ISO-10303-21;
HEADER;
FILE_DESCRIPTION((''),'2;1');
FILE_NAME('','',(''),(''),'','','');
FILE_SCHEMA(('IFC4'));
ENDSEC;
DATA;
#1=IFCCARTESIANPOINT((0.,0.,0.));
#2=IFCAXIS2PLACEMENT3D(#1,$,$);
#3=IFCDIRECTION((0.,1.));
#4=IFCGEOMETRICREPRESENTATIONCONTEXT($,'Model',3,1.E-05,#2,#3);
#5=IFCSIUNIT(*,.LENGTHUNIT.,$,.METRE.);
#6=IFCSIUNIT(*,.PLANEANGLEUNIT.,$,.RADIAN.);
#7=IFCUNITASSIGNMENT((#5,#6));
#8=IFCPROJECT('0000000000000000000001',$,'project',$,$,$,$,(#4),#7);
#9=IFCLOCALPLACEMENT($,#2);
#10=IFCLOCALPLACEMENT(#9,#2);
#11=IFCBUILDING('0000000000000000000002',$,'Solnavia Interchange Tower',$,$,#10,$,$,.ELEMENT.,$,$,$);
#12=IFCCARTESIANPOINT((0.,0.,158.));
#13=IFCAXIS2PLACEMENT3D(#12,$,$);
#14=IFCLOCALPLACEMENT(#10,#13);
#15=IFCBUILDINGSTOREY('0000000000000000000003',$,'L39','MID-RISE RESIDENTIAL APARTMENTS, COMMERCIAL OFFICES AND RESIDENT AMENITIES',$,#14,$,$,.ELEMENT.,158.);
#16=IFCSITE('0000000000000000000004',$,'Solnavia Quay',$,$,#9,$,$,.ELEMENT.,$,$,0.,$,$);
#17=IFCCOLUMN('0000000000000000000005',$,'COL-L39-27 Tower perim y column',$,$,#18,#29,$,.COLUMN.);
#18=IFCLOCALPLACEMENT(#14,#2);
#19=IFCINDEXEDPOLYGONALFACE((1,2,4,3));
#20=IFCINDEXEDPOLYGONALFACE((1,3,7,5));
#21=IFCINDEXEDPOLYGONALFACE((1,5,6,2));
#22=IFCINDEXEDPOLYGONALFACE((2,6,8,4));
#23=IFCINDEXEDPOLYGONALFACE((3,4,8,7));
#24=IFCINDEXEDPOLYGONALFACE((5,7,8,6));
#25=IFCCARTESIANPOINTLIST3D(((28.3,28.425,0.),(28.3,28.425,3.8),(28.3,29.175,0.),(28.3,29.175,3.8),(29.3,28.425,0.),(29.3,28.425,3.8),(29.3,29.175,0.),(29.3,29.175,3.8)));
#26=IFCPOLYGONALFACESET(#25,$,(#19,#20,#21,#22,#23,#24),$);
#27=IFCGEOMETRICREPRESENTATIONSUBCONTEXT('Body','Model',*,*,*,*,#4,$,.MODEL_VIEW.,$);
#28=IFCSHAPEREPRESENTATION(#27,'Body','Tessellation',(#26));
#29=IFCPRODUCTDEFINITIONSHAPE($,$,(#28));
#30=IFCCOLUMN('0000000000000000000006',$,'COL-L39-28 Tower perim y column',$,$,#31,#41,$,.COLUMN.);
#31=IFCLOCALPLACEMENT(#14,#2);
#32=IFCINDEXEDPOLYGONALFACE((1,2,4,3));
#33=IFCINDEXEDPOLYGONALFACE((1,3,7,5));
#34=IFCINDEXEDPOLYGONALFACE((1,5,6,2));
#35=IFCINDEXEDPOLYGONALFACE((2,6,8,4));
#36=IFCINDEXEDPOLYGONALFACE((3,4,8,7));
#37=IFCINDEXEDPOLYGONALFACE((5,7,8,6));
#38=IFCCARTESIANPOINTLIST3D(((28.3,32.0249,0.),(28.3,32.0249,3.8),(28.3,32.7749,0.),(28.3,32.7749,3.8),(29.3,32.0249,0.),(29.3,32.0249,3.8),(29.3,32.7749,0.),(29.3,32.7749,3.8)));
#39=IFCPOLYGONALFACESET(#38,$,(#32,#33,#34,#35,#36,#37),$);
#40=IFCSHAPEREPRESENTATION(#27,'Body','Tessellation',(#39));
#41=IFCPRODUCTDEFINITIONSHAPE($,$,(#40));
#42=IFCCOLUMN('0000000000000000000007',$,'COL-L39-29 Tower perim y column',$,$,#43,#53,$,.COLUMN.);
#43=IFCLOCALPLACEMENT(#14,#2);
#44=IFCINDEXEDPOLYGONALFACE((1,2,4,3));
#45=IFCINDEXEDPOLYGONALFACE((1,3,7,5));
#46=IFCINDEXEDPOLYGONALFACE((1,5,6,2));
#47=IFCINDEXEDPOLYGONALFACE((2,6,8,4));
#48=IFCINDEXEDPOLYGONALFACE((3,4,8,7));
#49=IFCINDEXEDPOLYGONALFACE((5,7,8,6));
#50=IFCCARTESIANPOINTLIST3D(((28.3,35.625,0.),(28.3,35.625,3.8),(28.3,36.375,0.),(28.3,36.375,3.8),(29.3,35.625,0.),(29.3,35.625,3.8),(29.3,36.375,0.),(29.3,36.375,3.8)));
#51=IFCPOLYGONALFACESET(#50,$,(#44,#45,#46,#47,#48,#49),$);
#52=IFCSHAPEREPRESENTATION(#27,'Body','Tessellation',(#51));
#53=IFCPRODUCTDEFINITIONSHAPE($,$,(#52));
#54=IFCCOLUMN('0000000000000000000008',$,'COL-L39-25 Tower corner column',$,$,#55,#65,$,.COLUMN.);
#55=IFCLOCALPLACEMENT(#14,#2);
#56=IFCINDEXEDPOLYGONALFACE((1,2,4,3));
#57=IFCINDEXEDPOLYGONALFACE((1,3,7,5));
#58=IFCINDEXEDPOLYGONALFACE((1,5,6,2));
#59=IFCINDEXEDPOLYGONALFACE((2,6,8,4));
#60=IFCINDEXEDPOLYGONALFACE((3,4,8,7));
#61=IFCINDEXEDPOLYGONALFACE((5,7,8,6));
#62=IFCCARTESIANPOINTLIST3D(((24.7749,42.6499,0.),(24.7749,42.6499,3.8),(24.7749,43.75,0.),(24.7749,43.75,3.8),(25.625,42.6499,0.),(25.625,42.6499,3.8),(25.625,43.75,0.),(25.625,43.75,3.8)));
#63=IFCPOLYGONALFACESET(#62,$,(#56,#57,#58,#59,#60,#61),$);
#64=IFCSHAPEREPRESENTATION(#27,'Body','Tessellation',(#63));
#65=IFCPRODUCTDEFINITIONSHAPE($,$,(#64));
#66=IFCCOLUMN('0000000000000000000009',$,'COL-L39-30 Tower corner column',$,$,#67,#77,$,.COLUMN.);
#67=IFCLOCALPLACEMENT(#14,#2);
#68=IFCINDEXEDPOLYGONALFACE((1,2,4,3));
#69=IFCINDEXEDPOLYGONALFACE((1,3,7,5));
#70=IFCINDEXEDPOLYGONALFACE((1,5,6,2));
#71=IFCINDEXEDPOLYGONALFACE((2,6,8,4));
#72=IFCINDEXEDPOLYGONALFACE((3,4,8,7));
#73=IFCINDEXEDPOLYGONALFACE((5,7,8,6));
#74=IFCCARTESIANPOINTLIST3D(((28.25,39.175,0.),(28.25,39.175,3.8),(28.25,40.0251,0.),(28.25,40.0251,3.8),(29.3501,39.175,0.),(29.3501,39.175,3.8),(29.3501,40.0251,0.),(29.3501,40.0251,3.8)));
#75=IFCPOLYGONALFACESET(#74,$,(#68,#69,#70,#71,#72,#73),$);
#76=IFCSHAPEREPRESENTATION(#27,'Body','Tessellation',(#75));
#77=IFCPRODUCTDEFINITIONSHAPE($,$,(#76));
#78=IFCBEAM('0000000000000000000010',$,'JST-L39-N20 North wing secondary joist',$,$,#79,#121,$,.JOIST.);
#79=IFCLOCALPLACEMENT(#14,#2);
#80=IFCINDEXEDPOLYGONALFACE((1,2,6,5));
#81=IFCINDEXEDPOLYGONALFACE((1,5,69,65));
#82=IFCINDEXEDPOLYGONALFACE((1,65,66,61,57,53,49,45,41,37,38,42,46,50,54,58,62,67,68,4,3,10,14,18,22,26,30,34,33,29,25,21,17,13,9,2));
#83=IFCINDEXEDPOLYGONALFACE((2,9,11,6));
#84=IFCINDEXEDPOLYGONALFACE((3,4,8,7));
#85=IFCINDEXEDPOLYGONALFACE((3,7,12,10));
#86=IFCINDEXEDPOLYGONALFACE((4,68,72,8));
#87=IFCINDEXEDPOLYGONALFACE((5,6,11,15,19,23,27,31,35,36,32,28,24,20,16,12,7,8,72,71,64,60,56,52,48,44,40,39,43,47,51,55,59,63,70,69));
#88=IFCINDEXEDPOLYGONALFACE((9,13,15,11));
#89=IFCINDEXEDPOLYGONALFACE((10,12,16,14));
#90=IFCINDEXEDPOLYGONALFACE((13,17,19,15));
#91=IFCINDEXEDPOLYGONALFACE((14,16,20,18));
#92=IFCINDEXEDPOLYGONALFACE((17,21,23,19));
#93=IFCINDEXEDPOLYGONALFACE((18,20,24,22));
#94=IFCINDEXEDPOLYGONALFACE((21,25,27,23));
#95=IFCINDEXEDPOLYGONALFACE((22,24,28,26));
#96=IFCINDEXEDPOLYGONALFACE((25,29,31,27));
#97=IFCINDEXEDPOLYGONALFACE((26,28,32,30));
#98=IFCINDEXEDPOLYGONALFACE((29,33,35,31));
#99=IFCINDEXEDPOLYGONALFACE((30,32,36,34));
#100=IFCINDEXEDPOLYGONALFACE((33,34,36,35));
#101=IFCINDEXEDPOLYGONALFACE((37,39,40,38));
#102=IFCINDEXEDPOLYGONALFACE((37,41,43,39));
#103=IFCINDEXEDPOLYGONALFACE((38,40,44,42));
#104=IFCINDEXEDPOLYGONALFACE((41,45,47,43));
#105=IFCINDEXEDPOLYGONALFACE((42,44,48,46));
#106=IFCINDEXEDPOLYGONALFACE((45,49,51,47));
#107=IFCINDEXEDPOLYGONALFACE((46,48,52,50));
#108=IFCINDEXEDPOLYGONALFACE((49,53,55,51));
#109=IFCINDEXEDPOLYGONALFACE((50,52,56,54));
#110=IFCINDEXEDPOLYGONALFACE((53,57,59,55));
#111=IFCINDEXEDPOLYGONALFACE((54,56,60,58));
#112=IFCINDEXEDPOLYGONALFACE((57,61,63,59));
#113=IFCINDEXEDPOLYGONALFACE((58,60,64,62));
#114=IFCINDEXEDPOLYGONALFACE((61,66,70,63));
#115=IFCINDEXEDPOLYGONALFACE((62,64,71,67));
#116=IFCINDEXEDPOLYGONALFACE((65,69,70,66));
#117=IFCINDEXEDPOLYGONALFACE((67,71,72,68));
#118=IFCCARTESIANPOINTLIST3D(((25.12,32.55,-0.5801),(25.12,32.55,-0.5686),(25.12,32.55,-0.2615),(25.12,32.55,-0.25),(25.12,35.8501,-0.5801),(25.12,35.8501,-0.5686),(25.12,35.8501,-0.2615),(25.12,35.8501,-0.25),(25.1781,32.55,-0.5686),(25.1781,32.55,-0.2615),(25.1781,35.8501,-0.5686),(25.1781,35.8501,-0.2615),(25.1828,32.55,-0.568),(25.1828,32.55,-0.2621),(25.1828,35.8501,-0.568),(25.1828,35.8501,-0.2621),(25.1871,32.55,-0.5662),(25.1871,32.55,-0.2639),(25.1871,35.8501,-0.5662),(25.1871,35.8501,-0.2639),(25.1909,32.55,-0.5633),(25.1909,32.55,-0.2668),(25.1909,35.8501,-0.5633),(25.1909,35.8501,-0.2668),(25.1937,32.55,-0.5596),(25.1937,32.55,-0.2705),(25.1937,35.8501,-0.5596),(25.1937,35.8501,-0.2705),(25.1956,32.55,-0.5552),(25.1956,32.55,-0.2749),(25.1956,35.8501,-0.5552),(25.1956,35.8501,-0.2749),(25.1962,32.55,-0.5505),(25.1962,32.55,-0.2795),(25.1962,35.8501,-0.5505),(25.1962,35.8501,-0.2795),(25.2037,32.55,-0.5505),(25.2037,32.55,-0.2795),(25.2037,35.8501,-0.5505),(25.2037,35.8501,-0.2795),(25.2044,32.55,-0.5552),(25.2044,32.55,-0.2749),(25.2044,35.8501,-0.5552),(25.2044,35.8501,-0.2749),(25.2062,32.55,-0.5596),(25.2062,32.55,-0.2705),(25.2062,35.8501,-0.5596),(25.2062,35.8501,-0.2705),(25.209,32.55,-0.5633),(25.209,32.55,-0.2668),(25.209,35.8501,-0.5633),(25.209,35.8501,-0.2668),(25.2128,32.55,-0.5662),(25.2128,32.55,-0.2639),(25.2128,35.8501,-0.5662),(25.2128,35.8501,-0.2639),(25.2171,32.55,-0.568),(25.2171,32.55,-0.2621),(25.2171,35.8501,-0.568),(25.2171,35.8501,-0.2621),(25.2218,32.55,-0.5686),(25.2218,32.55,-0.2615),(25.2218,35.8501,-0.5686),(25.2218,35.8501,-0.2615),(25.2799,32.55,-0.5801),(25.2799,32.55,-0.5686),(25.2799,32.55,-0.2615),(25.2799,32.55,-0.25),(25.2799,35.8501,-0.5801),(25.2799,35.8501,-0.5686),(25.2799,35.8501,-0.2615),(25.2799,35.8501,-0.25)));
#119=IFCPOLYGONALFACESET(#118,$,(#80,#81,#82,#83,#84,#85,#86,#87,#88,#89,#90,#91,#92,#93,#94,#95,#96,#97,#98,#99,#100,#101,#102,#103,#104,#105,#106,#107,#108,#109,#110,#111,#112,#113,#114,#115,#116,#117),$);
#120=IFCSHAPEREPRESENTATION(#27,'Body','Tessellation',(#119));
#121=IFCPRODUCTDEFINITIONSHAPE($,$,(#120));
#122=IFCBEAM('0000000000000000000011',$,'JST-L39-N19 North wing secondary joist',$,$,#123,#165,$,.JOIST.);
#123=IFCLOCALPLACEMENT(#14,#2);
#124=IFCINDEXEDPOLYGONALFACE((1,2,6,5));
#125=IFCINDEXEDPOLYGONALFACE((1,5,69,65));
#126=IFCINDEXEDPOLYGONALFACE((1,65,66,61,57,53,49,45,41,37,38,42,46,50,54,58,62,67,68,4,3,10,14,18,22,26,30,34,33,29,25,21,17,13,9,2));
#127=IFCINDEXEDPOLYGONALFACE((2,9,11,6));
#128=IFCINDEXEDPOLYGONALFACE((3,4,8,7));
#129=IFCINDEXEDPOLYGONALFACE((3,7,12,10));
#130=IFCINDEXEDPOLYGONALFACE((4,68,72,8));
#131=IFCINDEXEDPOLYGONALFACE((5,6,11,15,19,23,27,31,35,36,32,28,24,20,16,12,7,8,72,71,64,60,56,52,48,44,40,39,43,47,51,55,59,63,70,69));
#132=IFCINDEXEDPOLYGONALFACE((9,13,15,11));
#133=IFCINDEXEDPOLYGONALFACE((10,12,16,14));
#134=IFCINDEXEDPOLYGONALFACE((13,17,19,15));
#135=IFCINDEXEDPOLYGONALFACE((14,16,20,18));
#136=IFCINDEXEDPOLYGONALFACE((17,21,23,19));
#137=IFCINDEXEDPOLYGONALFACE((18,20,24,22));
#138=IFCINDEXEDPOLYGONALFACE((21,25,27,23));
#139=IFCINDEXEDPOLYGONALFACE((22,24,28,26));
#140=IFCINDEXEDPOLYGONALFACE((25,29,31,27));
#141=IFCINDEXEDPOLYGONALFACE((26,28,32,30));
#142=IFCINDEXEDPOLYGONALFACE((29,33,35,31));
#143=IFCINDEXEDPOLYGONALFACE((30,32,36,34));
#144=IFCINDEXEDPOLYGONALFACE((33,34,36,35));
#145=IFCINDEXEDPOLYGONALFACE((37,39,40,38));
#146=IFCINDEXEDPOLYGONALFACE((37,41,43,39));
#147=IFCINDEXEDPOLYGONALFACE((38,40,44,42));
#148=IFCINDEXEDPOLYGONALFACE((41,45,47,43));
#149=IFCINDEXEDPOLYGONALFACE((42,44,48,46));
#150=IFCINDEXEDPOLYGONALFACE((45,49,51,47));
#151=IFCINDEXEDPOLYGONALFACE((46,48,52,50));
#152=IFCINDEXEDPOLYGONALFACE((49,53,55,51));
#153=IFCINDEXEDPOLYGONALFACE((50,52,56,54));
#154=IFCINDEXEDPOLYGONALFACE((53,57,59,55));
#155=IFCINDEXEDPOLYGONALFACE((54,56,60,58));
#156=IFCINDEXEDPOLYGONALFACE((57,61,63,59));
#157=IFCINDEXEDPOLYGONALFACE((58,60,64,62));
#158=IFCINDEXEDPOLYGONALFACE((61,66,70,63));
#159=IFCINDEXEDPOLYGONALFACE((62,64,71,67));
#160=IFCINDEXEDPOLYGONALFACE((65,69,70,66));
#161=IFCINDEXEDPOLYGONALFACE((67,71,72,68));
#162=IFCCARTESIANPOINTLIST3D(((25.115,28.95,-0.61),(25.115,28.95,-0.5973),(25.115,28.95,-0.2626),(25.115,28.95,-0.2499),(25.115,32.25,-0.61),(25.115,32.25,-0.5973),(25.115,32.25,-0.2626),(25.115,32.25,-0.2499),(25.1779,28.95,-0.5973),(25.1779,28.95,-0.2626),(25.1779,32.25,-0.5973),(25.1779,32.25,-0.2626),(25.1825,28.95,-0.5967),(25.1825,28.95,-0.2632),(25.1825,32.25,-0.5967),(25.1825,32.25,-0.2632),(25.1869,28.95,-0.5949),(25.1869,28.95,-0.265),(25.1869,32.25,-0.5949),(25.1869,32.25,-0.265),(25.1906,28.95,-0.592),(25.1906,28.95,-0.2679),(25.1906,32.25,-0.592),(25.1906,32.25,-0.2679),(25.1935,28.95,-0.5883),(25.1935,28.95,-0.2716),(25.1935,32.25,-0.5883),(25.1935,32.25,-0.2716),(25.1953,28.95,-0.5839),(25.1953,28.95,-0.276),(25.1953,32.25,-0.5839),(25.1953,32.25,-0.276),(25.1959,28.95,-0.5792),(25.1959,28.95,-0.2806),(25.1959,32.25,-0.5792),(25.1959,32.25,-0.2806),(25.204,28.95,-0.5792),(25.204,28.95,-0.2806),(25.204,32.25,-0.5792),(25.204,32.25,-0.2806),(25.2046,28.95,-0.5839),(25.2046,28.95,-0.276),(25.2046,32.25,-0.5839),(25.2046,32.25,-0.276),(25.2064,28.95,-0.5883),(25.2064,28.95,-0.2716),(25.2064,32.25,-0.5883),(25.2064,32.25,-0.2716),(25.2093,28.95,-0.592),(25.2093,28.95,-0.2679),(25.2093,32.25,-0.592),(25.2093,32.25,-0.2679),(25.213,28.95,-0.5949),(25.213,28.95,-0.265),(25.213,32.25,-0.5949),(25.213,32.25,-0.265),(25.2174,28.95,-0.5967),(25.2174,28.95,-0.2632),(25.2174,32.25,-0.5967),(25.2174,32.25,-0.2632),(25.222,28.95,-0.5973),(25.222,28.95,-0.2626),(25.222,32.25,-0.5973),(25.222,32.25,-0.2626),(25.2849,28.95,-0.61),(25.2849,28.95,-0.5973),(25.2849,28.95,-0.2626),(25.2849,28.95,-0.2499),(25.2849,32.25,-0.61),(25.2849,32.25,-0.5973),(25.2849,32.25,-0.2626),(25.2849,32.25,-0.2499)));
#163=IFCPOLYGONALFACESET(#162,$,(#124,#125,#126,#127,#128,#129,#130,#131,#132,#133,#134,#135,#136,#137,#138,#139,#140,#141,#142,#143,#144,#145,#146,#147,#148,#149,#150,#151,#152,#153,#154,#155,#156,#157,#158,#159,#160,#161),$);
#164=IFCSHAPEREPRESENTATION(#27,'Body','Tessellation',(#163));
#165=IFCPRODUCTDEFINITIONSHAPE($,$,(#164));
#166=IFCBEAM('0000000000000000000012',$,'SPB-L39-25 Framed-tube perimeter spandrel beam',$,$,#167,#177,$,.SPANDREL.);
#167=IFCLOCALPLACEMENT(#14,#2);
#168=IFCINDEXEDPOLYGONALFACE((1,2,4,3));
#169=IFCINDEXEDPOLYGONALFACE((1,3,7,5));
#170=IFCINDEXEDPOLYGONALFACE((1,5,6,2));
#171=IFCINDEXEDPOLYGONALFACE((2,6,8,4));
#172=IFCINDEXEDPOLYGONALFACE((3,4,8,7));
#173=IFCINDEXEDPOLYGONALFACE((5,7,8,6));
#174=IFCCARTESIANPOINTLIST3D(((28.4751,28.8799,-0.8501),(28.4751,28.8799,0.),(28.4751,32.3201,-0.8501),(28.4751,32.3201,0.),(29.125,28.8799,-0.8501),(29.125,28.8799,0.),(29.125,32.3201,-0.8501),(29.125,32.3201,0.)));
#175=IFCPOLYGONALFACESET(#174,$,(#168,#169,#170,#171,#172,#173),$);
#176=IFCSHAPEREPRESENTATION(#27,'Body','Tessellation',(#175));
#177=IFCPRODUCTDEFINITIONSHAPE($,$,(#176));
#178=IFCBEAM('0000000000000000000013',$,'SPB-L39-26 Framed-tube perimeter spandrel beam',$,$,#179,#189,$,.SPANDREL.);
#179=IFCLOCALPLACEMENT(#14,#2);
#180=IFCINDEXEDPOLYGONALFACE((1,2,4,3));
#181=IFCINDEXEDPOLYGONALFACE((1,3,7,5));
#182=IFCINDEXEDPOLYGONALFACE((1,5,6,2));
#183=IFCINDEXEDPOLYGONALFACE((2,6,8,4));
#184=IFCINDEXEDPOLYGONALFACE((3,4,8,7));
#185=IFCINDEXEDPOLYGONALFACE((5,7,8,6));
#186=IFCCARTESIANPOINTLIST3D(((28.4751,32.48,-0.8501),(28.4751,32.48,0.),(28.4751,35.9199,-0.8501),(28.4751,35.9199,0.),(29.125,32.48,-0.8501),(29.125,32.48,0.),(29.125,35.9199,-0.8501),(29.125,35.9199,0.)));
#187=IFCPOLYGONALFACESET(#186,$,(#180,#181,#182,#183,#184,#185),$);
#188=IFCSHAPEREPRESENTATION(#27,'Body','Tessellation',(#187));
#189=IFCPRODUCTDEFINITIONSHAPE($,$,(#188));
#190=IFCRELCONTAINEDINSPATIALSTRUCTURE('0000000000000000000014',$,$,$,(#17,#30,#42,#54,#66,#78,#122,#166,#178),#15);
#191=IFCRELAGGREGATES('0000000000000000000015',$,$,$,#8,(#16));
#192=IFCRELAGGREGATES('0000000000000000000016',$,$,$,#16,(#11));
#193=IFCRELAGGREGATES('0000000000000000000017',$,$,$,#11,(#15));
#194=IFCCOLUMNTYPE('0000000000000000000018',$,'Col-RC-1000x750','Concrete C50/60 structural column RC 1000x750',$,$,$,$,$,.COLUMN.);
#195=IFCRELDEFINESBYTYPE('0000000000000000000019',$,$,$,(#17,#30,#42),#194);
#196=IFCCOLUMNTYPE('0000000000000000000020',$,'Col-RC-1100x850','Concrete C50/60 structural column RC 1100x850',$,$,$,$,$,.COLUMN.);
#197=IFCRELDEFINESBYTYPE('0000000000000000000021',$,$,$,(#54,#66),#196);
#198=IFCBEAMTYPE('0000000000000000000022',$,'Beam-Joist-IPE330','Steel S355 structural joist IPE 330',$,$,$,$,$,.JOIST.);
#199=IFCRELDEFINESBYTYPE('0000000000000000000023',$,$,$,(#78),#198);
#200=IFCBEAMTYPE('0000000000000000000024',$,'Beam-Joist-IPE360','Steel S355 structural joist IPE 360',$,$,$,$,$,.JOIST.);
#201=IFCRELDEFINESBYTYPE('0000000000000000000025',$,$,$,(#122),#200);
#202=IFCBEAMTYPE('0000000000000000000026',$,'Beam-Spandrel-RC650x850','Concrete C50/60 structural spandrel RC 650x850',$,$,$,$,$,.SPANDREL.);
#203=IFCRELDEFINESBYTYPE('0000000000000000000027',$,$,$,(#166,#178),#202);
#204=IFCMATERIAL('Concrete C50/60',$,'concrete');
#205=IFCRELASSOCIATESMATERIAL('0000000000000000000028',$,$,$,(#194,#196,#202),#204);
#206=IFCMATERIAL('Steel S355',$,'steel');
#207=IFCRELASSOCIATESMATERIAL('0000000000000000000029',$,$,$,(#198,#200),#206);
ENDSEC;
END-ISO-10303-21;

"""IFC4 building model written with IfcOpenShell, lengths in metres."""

from ifc_helpers import new_model, si_unit, direction, frame, origin, origin_2d, place, context, subcontext, project, spatial, rectangle, i_section, extrude, material, material_profile, profile_set, type_object, element, save


model = new_model("IFC4")

# Units and contexts
model_context = context("Model", 3, precision=1e-05, world=origin(), true_north=direction((0.0, 1.0)))
body_context = subcontext(model_context, "Body", "Model", "MODEL_VIEW")
ifc_project = project(units=[si_unit("LENGTHUNIT", "METRE"), si_unit("PLANEANGLEUNIT", "RADIAN")], contexts=[model_context])

# Site, building, storey
site_placement = place(None, origin())
site = spatial("IfcSite", under=ifc_project, at=site_placement, Name="Solnavia Quay", CompositionType="ELEMENT", RefElevation=0.0)
building_placement = place(site_placement, origin())
building = spatial("IfcBuilding", under=site, at=building_placement, Name="Solnavia Interchange Tower", CompositionType="ELEMENT")
storey_placement = place(building_placement, frame((0.0, 0.0, 158.0)))
storey = spatial("IfcBuildingStorey", under=building, at=storey_placement, Name="L39", Description="MID-RISE RESIDENTIAL APARTMENTS, COMMERCIAL OFFICES AND RESIDENT AMENITIES", CompositionType="ELEMENT", Elevation=158.0)

# Columns
ifc_material_1 = material(Name="Concrete C50/60", Category="concrete")
ifc_material_profile_1 = material_profile(ifc_material_1, rectangle(XDim=0.75, YDim=1.0, at=origin_2d()), Name="RC 1000x750")
ifc_profile_set_1 = profile_set([ifc_material_profile_1], Name="Concrete C50/60")
column_type_1 = type_object("IfcColumnType", Name="Col-RC-1000x750", Description="Concrete C50/60 structural column RC 1000x750", PredefinedType="COLUMN", material=ifc_profile_set_1)
for number, where, z_axis, x_axis, name in (
    (1, (28.8, 28.8, 0.0), (0.0, 0.0, 1.0), (0.0, 1.0, 0.0), "COL-L39-27 Tower perim y column"),
    (2, (28.8, 32.3999, 0.0), (0.0, 0.0, 1.0), (0.0, 1.0, 0.0), "COL-L39-28 Tower perim y column"),
    (3, (28.8, 36.0, 0.0), (0.0, 0.0, 1.0), (0.0, 1.0, 0.0), "COL-L39-29 Tower perim y column"),
):
    element("IfcColumn", number, at=place(storey_placement, frame(where, z_axis=z_axis, x_axis=x_axis)), inside=storey, type_object=column_type_1, Name=name, PredefinedType="COLUMN", context=body_context, shape_type="SweptSolid", body=[
        extrude(rectangle(XDim=0.75, YDim=1.0, at=origin_2d()), origin(), (0.0, 0.0, 1.0), 3.8),
    ])
ifc_material_profile_2 = material_profile(ifc_material_1, rectangle(XDim=0.8501, YDim=1.1001, at=origin_2d()), Name="RC 1100x850")
ifc_profile_set_2 = profile_set([ifc_material_profile_2], Name="Concrete C50/60")
column_type_2 = type_object("IfcColumnType", Name="Col-RC-1100x850", Description="Concrete C50/60 structural column RC 1100x850", PredefinedType="COLUMN", material=ifc_profile_set_2)
for number, where, z_axis, x_axis, name in (
    (4, (25.2, 43.2, 0.0), (0.0, 0.0, 1.0), (1.0, 0.0, 0.0), "COL-L39-25 Tower corner column"),
    (5, (28.8, 39.6001, 0.0), (0.0, 0.0, 1.0), (0.0, 1.0, 0.0), "COL-L39-30 Tower corner column"),
):
    element("IfcColumn", number, at=place(storey_placement, frame(where, z_axis=z_axis, x_axis=x_axis)), inside=storey, type_object=column_type_2, Name=name, PredefinedType="COLUMN", context=body_context, shape_type="SweptSolid", body=[
        extrude(rectangle(XDim=0.8501, YDim=1.1001, at=origin_2d()), origin(), (0.0, 0.0, 1.0), 3.8),
    ])

# Beams
ifc_material_2 = material(Name="Steel S355", Category="steel")
ifc_material_profile_3 = material_profile(ifc_material_2, i_section(OverallWidth=0.1599, OverallDepth=0.3301, WebThickness=0.0076, FlangeThickness=0.0115, FilletRadius=0.0181, at=origin_2d()), Name="IPE 330")
ifc_profile_set_3 = profile_set([ifc_material_profile_3], Name="Steel S355")
beam_type_1 = type_object("IfcBeamType", Name="Beam-Joist-IPE330", Description="Steel S355 structural joist IPE 330", PredefinedType="JOIST", material=ifc_profile_set_3)
beam_1_placement = place(storey_placement, frame((25.2, 32.55, -0.415), z_axis=(0.0, 1.0, 0.0), x_axis=(-1.0, 0.0, 0.0)))
element("IfcBeam", 6, at=beam_1_placement, inside=storey, type_object=beam_type_1, Name="JST-L39-N20 North wing secondary joist", PredefinedType="JOIST", context=body_context, shape_type="SweptSolid", body=[
    extrude(i_section(OverallWidth=0.1599, OverallDepth=0.3301, WebThickness=0.0076, FlangeThickness=0.0115, FilletRadius=0.0181, at=origin_2d()), origin(), (0.0, 0.0, 1.0), 3.3),
])
ifc_material_profile_4 = material_profile(ifc_material_2, i_section(OverallWidth=0.1699, OverallDepth=0.3601, WebThickness=0.0081, FlangeThickness=0.0127, FilletRadius=0.0181, at=origin_2d()), Name="IPE 360")
ifc_profile_set_4 = profile_set([ifc_material_profile_4], Name="Steel S355")
beam_type_2 = type_object("IfcBeamType", Name="Beam-Joist-IPE360", Description="Steel S355 structural joist IPE 360", PredefinedType="JOIST", material=ifc_profile_set_4)
beam_2_placement = place(storey_placement, frame((25.2, 28.95, -0.4299), z_axis=(0.0, 1.0, 0.0), x_axis=(-1.0, 0.0, 0.0)))
element("IfcBeam", 7, at=beam_2_placement, inside=storey, type_object=beam_type_2, Name="JST-L39-N19 North wing secondary joist", PredefinedType="JOIST", context=body_context, shape_type="SweptSolid", body=[
    extrude(i_section(OverallWidth=0.1699, OverallDepth=0.3601, WebThickness=0.0081, FlangeThickness=0.0127, FilletRadius=0.0181, at=origin_2d()), origin(), (0.0, 0.0, 1.0), 3.3),
])
ifc_material_profile_5 = material_profile(ifc_material_1, rectangle(XDim=0.6499, YDim=0.8501, at=origin_2d()), Name="RC 650x850")
ifc_profile_set_5 = profile_set([ifc_material_profile_5], Name="Concrete C50/60")
beam_type_3 = type_object("IfcBeamType", Name="Beam-Spandrel-RC650x850", Description="Concrete C50/60 structural spandrel RC 650x850", PredefinedType="SPANDREL", material=ifc_profile_set_5)
beam_3_placement = place(storey_placement, frame((28.8, 28.8799, -0.425), z_axis=(0.0, 1.0, 0.0), x_axis=(-1.0, 0.0, 0.0)))
element("IfcBeam", 8, at=beam_3_placement, inside=storey, type_object=beam_type_3, Name="SPB-L39-25 Framed-tube perimeter spandrel beam", PredefinedType="SPANDREL", context=body_context, shape_type="SweptSolid", body=[
    extrude(rectangle(XDim=0.6499, YDim=0.8501, at=origin_2d()), origin(), (0.0, 0.0, 1.0), 3.4402),
])
for number, where, z_axis, x_axis, name in (
    (9, (28.8, 32.48, -0.425), (0.0, 1.0, 0.0), (-1.0, 0.0, 0.0), "SPB-L39-26 Framed-tube perimeter spandrel beam"),
):
    element("IfcBeam", number, at=place(storey_placement, frame(where, z_axis=z_axis, x_axis=x_axis)), inside=storey, type_object=beam_type_3, Name=name, PredefinedType="SPANDREL", context=body_context, shape_type="SweptSolid", body=[
        extrude(rectangle(XDim=0.6499, YDim=0.8501, at=origin_2d()), origin(), (0.0, 0.0, 1.0), 3.4399),
    ])

save(model, "model.ifc")
